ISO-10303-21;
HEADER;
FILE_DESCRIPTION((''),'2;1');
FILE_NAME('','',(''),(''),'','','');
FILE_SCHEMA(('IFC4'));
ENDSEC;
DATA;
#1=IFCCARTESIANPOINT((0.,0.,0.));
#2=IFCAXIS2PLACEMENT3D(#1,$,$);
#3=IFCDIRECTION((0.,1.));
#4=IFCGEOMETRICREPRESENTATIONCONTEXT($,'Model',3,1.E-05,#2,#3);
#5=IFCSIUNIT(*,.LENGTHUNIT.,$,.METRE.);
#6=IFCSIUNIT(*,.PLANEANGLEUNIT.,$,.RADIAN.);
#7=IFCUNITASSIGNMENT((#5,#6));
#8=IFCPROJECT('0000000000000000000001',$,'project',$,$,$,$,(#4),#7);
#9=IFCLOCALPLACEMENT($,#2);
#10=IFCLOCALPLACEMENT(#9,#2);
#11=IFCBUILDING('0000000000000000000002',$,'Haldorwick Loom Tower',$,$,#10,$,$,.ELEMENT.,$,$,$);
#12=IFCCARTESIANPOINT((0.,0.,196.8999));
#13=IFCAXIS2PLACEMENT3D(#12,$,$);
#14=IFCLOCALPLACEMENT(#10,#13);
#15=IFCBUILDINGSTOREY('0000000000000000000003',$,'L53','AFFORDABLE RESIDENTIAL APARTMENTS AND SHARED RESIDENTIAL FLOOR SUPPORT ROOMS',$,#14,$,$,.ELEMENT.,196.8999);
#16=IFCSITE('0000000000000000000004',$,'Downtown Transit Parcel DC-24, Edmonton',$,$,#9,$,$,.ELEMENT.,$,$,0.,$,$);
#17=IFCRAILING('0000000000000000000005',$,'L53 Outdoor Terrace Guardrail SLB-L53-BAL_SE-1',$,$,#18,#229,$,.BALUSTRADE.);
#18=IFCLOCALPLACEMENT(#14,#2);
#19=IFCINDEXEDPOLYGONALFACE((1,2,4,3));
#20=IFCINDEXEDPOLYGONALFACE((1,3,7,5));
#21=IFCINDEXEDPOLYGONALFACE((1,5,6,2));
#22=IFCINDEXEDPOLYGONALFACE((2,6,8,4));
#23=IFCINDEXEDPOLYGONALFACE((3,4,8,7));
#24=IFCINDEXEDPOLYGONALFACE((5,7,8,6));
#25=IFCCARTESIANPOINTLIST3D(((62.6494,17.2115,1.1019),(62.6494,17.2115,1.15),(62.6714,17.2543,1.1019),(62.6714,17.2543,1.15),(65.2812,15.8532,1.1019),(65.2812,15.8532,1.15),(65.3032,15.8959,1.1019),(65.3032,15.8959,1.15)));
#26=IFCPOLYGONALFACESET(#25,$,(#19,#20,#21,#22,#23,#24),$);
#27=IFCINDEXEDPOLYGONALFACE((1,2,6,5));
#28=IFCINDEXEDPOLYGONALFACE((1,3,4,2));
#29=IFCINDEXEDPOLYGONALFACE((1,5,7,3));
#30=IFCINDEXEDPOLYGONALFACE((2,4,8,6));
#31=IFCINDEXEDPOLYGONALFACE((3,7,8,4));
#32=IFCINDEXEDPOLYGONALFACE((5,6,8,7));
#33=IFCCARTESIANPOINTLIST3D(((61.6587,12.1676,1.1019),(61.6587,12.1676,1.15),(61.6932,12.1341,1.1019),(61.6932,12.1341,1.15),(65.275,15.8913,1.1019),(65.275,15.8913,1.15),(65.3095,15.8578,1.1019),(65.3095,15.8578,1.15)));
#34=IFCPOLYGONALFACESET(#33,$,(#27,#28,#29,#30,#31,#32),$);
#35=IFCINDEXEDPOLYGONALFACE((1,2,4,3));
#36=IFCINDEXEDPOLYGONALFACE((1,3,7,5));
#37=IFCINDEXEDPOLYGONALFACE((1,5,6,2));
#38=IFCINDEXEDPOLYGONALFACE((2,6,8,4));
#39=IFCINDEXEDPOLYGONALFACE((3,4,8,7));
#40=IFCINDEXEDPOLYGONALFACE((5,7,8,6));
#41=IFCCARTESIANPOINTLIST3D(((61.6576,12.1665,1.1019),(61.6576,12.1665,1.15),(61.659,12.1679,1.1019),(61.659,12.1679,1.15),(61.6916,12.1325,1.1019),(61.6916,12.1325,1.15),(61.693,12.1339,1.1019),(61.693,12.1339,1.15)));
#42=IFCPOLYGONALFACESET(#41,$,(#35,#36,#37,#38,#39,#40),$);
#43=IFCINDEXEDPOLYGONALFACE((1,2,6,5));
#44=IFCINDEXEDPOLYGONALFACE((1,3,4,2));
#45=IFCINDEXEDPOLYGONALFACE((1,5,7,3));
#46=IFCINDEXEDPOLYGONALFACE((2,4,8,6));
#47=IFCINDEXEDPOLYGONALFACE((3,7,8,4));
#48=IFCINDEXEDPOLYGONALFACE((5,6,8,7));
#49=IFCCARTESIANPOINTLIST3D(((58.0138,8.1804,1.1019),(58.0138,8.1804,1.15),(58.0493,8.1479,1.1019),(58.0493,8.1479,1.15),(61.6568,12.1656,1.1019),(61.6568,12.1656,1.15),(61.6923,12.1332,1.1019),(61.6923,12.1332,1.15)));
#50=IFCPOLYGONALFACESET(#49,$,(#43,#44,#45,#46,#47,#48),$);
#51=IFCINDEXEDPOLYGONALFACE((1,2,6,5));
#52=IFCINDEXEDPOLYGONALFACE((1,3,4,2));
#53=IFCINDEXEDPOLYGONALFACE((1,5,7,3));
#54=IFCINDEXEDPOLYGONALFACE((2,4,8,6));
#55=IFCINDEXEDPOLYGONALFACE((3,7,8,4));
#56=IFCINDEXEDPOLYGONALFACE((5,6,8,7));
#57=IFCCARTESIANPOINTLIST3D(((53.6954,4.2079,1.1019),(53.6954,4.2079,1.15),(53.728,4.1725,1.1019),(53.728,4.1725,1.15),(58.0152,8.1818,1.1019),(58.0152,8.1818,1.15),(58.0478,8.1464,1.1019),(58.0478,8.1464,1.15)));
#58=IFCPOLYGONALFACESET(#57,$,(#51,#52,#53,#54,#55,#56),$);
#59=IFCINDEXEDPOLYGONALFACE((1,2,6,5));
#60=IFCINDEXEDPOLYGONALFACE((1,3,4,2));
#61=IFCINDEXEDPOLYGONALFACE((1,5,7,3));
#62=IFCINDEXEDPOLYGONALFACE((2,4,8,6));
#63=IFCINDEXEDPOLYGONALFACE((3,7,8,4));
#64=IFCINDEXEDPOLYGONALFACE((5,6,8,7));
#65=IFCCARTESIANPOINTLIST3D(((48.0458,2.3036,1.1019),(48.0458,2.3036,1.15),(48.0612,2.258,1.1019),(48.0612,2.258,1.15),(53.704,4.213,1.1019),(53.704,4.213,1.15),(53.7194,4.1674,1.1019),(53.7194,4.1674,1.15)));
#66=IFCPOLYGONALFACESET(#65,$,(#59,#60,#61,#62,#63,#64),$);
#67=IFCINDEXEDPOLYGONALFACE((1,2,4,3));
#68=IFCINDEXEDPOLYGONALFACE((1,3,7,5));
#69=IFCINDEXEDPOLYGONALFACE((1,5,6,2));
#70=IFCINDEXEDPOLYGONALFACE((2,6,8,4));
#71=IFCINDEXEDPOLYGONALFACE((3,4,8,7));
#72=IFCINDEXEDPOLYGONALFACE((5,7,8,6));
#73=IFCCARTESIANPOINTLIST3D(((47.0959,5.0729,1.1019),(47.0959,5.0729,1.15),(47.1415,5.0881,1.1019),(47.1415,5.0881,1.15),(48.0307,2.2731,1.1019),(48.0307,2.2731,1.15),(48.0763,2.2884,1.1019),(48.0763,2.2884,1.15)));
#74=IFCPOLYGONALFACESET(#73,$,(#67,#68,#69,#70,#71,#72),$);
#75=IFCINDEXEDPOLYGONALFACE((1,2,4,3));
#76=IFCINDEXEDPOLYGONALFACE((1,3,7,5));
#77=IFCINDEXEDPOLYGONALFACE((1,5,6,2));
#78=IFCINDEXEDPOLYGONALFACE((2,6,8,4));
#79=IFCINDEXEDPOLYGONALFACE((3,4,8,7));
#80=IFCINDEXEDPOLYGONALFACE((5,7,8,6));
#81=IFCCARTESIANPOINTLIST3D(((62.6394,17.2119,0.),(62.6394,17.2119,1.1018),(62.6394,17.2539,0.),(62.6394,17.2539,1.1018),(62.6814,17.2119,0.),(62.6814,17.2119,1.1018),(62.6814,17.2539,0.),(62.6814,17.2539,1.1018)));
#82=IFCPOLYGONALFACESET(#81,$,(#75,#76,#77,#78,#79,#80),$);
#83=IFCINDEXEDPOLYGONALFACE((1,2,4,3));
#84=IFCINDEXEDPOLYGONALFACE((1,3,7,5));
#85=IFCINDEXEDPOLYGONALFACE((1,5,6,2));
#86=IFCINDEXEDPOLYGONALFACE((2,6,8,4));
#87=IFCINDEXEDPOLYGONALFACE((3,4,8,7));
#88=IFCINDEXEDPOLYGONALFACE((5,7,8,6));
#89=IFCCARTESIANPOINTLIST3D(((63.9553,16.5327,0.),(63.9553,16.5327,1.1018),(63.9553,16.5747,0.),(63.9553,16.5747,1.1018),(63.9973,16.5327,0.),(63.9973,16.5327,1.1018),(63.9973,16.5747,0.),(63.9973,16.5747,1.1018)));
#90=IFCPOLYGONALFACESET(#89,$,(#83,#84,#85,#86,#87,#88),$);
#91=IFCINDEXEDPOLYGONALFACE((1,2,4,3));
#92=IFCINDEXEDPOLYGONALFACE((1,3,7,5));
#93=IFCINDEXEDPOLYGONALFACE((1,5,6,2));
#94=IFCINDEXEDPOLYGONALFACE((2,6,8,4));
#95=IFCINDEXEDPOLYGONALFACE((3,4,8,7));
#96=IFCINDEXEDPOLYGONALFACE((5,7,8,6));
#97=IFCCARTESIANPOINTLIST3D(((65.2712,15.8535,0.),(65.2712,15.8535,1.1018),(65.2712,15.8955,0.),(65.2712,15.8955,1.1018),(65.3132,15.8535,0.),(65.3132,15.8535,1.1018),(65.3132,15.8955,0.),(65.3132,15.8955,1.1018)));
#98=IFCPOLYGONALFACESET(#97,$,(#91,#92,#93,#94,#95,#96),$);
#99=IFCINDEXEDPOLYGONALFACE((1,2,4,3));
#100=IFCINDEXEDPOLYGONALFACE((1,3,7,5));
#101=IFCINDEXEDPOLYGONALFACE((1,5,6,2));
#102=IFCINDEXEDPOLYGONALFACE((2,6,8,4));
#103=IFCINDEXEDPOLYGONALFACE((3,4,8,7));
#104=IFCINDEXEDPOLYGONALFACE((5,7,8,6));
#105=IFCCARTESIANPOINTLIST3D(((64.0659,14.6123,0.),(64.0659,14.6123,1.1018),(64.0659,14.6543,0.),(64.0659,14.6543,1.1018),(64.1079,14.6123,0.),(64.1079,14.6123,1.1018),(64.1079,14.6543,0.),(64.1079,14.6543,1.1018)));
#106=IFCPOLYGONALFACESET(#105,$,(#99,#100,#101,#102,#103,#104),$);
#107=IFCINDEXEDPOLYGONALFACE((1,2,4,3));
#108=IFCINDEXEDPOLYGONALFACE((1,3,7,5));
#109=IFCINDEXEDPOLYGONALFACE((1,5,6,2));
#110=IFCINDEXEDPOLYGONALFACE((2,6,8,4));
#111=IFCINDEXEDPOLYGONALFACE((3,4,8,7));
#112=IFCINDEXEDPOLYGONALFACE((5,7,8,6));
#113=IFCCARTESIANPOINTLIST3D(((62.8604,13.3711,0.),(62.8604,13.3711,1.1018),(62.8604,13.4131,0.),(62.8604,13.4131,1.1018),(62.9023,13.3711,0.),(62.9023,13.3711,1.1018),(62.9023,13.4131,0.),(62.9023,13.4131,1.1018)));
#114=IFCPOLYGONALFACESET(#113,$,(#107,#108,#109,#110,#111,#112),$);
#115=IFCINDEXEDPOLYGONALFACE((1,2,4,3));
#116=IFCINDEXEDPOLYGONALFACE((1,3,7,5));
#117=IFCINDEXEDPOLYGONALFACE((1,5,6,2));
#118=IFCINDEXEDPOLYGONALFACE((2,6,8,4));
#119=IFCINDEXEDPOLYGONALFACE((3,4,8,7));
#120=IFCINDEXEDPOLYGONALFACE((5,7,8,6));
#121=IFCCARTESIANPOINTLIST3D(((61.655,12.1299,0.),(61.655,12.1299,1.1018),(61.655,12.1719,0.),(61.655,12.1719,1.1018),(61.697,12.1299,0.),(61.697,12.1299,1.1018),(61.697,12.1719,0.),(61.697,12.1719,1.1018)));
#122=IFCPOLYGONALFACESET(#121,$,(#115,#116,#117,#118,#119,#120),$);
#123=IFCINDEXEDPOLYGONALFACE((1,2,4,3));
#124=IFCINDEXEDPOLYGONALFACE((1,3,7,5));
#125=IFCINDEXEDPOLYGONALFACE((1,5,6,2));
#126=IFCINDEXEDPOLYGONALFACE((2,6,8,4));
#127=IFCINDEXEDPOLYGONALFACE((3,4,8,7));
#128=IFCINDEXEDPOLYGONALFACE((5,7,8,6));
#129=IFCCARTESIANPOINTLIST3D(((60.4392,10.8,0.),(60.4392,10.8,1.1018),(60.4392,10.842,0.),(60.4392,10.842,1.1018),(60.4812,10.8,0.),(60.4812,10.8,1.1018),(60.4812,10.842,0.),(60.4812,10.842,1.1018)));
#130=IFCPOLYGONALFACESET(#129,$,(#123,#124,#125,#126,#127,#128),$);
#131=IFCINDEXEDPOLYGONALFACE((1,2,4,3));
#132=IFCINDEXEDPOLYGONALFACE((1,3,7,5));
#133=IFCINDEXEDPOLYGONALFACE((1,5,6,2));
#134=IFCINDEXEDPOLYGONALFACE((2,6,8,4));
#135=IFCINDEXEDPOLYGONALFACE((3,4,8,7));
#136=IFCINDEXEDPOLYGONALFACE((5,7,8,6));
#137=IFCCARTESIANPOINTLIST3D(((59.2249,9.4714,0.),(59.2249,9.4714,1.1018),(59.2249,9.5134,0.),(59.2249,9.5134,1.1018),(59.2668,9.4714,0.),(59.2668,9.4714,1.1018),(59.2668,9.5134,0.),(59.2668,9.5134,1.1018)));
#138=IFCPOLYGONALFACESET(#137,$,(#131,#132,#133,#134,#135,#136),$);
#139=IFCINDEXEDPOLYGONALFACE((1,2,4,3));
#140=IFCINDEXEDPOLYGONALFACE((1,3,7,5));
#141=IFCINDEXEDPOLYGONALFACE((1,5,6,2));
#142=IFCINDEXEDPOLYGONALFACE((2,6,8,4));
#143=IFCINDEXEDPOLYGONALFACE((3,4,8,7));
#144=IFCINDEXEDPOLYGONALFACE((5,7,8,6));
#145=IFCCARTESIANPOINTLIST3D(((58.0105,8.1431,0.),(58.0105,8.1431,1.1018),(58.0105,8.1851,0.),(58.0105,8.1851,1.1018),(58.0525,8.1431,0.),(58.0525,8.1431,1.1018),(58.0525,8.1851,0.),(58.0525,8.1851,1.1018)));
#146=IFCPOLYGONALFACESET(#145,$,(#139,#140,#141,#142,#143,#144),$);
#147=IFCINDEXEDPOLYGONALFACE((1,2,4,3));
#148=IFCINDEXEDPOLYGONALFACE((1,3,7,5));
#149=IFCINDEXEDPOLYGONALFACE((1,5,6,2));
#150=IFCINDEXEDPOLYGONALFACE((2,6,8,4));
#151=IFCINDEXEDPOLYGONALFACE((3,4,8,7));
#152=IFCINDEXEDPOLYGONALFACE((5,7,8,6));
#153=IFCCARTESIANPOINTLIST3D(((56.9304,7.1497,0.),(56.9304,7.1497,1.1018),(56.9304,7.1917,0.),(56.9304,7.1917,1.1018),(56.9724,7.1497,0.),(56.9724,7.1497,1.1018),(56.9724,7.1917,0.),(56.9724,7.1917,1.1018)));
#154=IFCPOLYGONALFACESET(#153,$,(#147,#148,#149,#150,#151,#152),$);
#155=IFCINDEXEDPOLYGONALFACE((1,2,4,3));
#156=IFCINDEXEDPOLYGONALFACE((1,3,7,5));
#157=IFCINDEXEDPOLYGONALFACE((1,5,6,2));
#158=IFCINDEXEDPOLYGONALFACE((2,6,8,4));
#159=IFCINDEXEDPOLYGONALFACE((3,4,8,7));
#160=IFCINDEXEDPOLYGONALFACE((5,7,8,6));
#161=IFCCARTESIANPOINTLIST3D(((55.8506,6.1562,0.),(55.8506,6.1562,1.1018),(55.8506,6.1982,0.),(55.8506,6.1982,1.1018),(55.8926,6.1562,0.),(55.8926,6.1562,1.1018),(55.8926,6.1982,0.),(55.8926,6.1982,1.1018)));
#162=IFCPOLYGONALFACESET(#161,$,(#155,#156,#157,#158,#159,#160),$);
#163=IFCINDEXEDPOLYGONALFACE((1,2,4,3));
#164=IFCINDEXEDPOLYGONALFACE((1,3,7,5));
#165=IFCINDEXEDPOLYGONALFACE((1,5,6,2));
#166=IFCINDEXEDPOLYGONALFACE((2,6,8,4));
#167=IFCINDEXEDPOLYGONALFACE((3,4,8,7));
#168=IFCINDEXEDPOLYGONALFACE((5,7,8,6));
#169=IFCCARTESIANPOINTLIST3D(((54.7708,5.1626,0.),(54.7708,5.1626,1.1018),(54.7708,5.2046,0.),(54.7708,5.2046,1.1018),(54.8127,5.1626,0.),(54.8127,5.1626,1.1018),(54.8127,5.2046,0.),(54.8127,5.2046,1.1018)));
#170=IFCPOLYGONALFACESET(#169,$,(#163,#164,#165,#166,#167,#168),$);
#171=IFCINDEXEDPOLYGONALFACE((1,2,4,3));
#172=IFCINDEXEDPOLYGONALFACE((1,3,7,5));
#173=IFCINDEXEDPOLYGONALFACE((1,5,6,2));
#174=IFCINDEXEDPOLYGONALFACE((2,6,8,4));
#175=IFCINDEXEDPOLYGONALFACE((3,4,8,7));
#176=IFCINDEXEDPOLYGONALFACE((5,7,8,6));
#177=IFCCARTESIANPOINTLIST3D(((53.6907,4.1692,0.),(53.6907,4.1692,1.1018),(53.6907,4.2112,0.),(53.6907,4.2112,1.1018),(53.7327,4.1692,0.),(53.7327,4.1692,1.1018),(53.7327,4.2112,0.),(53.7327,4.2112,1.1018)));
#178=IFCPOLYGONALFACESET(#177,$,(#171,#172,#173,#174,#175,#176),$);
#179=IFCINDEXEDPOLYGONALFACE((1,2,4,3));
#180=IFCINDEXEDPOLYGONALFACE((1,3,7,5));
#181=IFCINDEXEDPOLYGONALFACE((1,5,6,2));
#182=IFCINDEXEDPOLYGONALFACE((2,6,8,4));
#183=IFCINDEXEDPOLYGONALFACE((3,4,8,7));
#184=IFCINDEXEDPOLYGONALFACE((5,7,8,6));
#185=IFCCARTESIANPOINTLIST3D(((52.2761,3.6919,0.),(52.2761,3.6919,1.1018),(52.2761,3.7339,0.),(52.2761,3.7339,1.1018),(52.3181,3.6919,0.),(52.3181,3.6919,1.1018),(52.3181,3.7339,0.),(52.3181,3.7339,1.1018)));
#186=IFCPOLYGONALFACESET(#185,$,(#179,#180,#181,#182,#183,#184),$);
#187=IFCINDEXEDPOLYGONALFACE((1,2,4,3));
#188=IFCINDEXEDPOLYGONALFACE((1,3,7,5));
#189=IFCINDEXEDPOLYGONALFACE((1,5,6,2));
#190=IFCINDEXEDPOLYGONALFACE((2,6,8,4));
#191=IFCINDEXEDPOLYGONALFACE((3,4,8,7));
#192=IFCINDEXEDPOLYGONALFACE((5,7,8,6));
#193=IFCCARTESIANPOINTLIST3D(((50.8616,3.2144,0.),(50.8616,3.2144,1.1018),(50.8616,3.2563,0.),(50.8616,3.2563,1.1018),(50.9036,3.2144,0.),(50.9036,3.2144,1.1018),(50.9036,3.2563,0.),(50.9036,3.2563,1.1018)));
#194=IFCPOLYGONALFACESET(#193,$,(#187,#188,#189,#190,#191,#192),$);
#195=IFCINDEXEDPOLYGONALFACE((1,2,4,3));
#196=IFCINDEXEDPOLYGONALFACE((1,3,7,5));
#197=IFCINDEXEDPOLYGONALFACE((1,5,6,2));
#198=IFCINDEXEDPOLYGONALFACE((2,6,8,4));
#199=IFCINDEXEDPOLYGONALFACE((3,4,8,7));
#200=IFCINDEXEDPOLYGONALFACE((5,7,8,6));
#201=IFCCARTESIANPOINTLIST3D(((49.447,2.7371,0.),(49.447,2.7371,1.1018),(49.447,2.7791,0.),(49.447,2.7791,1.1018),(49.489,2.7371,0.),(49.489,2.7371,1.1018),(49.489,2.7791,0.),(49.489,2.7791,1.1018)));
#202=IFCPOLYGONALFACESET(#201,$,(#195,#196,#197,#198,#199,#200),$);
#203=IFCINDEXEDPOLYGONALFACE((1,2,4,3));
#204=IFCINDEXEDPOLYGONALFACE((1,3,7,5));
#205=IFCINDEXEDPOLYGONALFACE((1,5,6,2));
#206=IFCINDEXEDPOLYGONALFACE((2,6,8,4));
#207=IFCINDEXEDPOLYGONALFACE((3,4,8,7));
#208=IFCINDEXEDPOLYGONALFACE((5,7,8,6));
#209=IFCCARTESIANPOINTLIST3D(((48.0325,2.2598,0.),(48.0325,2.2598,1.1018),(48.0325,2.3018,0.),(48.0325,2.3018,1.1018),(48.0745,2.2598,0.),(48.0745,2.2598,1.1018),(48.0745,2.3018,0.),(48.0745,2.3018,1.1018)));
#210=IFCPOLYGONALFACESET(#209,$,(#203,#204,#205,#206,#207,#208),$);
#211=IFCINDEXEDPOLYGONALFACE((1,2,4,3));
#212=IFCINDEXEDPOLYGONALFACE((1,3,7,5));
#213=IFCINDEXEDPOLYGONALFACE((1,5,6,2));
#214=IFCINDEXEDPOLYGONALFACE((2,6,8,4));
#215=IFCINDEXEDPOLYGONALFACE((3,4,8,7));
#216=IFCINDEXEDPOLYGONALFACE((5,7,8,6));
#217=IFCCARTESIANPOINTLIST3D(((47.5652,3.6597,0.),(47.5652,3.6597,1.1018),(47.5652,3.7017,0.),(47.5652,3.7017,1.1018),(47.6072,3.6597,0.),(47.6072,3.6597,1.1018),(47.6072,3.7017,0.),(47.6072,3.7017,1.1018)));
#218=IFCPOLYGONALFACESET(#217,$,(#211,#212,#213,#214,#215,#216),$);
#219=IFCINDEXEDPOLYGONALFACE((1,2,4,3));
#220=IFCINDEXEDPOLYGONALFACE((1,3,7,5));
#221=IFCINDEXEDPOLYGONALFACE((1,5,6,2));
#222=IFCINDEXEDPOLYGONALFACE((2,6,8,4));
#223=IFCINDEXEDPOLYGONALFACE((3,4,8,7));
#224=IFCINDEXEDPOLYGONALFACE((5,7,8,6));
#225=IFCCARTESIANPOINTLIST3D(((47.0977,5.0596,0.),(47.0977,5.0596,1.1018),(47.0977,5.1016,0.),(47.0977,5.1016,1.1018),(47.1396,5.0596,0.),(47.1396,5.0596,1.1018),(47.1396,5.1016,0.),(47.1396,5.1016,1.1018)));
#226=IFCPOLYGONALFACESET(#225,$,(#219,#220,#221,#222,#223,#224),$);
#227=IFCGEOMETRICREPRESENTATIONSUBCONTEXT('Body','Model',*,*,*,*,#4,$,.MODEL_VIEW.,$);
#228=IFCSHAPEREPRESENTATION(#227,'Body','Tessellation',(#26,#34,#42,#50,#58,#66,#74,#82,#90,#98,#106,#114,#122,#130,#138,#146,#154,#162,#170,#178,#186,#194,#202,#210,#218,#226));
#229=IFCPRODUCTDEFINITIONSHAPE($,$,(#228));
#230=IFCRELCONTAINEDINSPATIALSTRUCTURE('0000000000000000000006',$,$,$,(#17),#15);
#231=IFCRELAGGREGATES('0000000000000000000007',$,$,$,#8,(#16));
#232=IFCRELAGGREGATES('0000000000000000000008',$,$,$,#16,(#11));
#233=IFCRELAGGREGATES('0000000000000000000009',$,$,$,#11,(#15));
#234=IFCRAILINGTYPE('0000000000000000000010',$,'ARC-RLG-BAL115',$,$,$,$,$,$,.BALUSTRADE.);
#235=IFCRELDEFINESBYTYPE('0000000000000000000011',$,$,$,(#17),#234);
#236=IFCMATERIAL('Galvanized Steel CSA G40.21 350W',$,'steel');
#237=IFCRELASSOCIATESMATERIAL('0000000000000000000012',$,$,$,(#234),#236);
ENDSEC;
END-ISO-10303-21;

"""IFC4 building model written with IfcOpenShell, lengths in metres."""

from ifc_helpers import new_model, si_unit, direction, frame, origin, origin_2d, place, context, subcontext, project, spatial, rectangle, extrude, material, type_object, element, save


model = new_model("IFC4")

# Units and contexts
model_context = context("Model", 3, precision=1e-05, world=origin(), true_north=direction((0.0, 1.0)))
body_context = subcontext(model_context, "Body", "Model", "MODEL_VIEW")
ifc_project = project(units=[si_unit("LENGTHUNIT", "METRE"), si_unit("PLANEANGLEUNIT", "RADIAN")], contexts=[model_context])

# Site, building, storey
site_placement = place(None, origin())
site = spatial("IfcSite", under=ifc_project, at=site_placement, Name="Downtown Transit Parcel DC-24, Edmonton", CompositionType="ELEMENT", RefElevation=0.0)
building_placement = place(site_placement, origin())
building = spatial("IfcBuilding", under=site, at=building_placement, Name="Haldorwick Loom Tower", CompositionType="ELEMENT")
storey_placement = place(building_placement, frame((0.0, 0.0, 196.8999)))
storey = spatial("IfcBuildingStorey", under=building, at=storey_placement, Name="L53", Description="AFFORDABLE RESIDENTIAL APARTMENTS AND SHARED RESIDENTIAL FLOOR SUPPORT ROOMS", CompositionType="ELEMENT", Elevation=196.8999)

# Railing
ifc_material_1 = material(Name="Galvanized Steel CSA G40.21 350W", Category="steel")
railing_type = type_object("IfcRailingType", Name="ARC-RLG-BAL115", PredefinedType="BALUSTRADE", material=ifc_material_1)
railing_placement = place(storey_placement, frame((62.6604, 17.2329, 0.0)))
element("IfcRailing", 1, at=railing_placement, inside=storey, type_object=railing_type, Name="L53 Outdoor Terrace Guardrail SLB-L53-BAL_SE-1", PredefinedType="BALUSTRADE", context=body_context, shape_type="SweptSolid", body=[
    extrude(rectangle(XDim=0.0481, YDim=0.0481, at=origin_2d()), frame((0.0, 0.0, 1.126), z_axis=(0.888616, -0.458651, 0.0), x_axis=(0.458651, 0.888616, 0.0)), (0.0, 0.0, 1.0), 2.9617),
    extrude(rectangle(XDim=0.0481, YDim=0.0481, at=origin_2d()), frame((2.6318, -1.3584, 1.126), z_axis=(-0.696683, -0.717379, 0.0), x_axis=(0.717379, -0.696683, 0.0)), (0.0, 0.0, 1.0), 5.1907),
    extrude(rectangle(XDim=0.0481, YDim=0.0481, at=origin_2d()), frame((-0.9844, -5.082, 1.126), z_axis=(-0.707107, -0.707107, 0.0), x_axis=(0.707107, -0.707107, 0.0)), (0.0, 0.0, 1.0), 0.002),
    extrude(rectangle(XDim=0.0481, YDim=0.0481, at=origin_2d()), frame((-0.9858, -5.0835, 1.126), z_axis=(-0.6747, -0.738092, 0.0), x_axis=(0.738092, -0.6747, 0.0)), (0.0, 0.0, 1.0), 5.3994),
    extrude(rectangle(XDim=0.0481, YDim=0.0481, at=origin_2d()), frame((-4.6289, -9.0688, 1.126), z_axis=(-0.735962, -0.677023, 0.0), x_axis=(0.677023, -0.735962, 0.0)), (0.0, 0.0, 1.0), 5.8696),
    extrude(rectangle(XDim=0.0481, YDim=0.0481, at=origin_2d()), frame((-8.9487, -13.0427, 1.126), z_axis=(-0.947503, -0.319746, 0.0), x_axis=(0.319746, -0.947503, 0.0)), (0.0, 0.0, 1.0), 5.9717),
    extrude(rectangle(XDim=0.0481, YDim=0.0481, at=origin_2d()), frame((-14.6069, -14.9521, 1.126), z_axis=(-0.316699, 0.948526, 0.0), x_axis=(-0.948526, -0.316699, 0.0)), (0.0, 0.0, 1.0), 2.9517),
    extrude(rectangle(XDim=0.042, YDim=0.042, at=origin_2d()), origin(), (0.0, 0.0, 1.0), 1.1018),
    extrude(rectangle(XDim=0.042, YDim=0.042, at=origin_2d()), frame((1.3159, -0.6792, 0.0)), (0.0, 0.0, 1.0), 1.1018),
    extrude(rectangle(XDim=0.042, YDim=0.042, at=origin_2d()), frame((2.6318, -1.3584, 0.0)), (0.0, 0.0, 1.0), 1.1018),
    extrude(rectangle(XDim=0.042, YDim=0.042, at=origin_2d()), frame((1.4265, -2.5996, 0.0)), (0.0, 0.0, 1.0), 1.1018),
    extrude(rectangle(XDim=0.042, YDim=0.042, at=origin_2d()), frame((0.2209, -3.8408, 0.0)), (0.0, 0.0, 1.0), 1.1018),
    extrude(rectangle(XDim=0.042, YDim=0.042, at=origin_2d()), frame((-0.9844, -5.082, 0.0)), (0.0, 0.0, 1.0), 1.1018),
    extrude(rectangle(XDim=0.042, YDim=0.042, at=origin_2d()), frame((-2.2002, -6.4119, 0.0)), (0.0, 0.0, 1.0), 1.1018),
    extrude(rectangle(XDim=0.042, YDim=0.042, at=origin_2d()), frame((-3.4146, -7.7405, 0.0)), (0.0, 0.0, 1.0), 1.1018),
    extrude(rectangle(XDim=0.042, YDim=0.042, at=origin_2d()), frame((-4.6289, -9.0688, 0.0)), (0.0, 0.0, 1.0), 1.1018),
    extrude(rectangle(XDim=0.042, YDim=0.042, at=origin_2d()), frame((-5.709, -10.0623, 0.0)), (0.0, 0.0, 1.0), 1.1018),
    extrude(rectangle(XDim=0.042, YDim=0.042, at=origin_2d()), frame((-6.7888, -11.0557, 0.0)), (0.0, 0.0, 1.0), 1.1018),
    extrude(rectangle(XDim=0.042, YDim=0.042, at=origin_2d()), frame((-7.8687, -12.0493, 0.0)), (0.0, 0.0, 1.0), 1.1018),
    extrude(rectangle(XDim=0.042, YDim=0.042, at=origin_2d()), frame((-8.9487, -13.0427, 0.0)), (0.0, 0.0, 1.0), 1.1018),
    extrude(rectangle(XDim=0.042, YDim=0.042, at=origin_2d()), frame((-10.3633, -13.52, 0.0)), (0.0, 0.0, 1.0), 1.1018),
    extrude(rectangle(XDim=0.042, YDim=0.042, at=origin_2d()), frame((-11.7778, -13.9976, 0.0)), (0.0, 0.0, 1.0), 1.1018),
    extrude(rectangle(XDim=0.042, YDim=0.042, at=origin_2d()), frame((-13.1924, -14.4749, 0.0)), (0.0, 0.0, 1.0), 1.1018),
    extrude(rectangle(XDim=0.042, YDim=0.042, at=origin_2d()), frame((-14.6069, -14.9521, 0.0)), (0.0, 0.0, 1.0), 1.1018),
    extrude(rectangle(XDim=0.042, YDim=0.042, at=origin_2d()), frame((-15.0742, -13.5522, 0.0)), (0.0, 0.0, 1.0), 1.1018),
    extrude(rectangle(XDim=0.042, YDim=0.042, at=origin_2d()), frame((-15.5417, -12.1523, 0.0)), (0.0, 0.0, 1.0), 1.1018),
])

save(model, "model.ifc")
